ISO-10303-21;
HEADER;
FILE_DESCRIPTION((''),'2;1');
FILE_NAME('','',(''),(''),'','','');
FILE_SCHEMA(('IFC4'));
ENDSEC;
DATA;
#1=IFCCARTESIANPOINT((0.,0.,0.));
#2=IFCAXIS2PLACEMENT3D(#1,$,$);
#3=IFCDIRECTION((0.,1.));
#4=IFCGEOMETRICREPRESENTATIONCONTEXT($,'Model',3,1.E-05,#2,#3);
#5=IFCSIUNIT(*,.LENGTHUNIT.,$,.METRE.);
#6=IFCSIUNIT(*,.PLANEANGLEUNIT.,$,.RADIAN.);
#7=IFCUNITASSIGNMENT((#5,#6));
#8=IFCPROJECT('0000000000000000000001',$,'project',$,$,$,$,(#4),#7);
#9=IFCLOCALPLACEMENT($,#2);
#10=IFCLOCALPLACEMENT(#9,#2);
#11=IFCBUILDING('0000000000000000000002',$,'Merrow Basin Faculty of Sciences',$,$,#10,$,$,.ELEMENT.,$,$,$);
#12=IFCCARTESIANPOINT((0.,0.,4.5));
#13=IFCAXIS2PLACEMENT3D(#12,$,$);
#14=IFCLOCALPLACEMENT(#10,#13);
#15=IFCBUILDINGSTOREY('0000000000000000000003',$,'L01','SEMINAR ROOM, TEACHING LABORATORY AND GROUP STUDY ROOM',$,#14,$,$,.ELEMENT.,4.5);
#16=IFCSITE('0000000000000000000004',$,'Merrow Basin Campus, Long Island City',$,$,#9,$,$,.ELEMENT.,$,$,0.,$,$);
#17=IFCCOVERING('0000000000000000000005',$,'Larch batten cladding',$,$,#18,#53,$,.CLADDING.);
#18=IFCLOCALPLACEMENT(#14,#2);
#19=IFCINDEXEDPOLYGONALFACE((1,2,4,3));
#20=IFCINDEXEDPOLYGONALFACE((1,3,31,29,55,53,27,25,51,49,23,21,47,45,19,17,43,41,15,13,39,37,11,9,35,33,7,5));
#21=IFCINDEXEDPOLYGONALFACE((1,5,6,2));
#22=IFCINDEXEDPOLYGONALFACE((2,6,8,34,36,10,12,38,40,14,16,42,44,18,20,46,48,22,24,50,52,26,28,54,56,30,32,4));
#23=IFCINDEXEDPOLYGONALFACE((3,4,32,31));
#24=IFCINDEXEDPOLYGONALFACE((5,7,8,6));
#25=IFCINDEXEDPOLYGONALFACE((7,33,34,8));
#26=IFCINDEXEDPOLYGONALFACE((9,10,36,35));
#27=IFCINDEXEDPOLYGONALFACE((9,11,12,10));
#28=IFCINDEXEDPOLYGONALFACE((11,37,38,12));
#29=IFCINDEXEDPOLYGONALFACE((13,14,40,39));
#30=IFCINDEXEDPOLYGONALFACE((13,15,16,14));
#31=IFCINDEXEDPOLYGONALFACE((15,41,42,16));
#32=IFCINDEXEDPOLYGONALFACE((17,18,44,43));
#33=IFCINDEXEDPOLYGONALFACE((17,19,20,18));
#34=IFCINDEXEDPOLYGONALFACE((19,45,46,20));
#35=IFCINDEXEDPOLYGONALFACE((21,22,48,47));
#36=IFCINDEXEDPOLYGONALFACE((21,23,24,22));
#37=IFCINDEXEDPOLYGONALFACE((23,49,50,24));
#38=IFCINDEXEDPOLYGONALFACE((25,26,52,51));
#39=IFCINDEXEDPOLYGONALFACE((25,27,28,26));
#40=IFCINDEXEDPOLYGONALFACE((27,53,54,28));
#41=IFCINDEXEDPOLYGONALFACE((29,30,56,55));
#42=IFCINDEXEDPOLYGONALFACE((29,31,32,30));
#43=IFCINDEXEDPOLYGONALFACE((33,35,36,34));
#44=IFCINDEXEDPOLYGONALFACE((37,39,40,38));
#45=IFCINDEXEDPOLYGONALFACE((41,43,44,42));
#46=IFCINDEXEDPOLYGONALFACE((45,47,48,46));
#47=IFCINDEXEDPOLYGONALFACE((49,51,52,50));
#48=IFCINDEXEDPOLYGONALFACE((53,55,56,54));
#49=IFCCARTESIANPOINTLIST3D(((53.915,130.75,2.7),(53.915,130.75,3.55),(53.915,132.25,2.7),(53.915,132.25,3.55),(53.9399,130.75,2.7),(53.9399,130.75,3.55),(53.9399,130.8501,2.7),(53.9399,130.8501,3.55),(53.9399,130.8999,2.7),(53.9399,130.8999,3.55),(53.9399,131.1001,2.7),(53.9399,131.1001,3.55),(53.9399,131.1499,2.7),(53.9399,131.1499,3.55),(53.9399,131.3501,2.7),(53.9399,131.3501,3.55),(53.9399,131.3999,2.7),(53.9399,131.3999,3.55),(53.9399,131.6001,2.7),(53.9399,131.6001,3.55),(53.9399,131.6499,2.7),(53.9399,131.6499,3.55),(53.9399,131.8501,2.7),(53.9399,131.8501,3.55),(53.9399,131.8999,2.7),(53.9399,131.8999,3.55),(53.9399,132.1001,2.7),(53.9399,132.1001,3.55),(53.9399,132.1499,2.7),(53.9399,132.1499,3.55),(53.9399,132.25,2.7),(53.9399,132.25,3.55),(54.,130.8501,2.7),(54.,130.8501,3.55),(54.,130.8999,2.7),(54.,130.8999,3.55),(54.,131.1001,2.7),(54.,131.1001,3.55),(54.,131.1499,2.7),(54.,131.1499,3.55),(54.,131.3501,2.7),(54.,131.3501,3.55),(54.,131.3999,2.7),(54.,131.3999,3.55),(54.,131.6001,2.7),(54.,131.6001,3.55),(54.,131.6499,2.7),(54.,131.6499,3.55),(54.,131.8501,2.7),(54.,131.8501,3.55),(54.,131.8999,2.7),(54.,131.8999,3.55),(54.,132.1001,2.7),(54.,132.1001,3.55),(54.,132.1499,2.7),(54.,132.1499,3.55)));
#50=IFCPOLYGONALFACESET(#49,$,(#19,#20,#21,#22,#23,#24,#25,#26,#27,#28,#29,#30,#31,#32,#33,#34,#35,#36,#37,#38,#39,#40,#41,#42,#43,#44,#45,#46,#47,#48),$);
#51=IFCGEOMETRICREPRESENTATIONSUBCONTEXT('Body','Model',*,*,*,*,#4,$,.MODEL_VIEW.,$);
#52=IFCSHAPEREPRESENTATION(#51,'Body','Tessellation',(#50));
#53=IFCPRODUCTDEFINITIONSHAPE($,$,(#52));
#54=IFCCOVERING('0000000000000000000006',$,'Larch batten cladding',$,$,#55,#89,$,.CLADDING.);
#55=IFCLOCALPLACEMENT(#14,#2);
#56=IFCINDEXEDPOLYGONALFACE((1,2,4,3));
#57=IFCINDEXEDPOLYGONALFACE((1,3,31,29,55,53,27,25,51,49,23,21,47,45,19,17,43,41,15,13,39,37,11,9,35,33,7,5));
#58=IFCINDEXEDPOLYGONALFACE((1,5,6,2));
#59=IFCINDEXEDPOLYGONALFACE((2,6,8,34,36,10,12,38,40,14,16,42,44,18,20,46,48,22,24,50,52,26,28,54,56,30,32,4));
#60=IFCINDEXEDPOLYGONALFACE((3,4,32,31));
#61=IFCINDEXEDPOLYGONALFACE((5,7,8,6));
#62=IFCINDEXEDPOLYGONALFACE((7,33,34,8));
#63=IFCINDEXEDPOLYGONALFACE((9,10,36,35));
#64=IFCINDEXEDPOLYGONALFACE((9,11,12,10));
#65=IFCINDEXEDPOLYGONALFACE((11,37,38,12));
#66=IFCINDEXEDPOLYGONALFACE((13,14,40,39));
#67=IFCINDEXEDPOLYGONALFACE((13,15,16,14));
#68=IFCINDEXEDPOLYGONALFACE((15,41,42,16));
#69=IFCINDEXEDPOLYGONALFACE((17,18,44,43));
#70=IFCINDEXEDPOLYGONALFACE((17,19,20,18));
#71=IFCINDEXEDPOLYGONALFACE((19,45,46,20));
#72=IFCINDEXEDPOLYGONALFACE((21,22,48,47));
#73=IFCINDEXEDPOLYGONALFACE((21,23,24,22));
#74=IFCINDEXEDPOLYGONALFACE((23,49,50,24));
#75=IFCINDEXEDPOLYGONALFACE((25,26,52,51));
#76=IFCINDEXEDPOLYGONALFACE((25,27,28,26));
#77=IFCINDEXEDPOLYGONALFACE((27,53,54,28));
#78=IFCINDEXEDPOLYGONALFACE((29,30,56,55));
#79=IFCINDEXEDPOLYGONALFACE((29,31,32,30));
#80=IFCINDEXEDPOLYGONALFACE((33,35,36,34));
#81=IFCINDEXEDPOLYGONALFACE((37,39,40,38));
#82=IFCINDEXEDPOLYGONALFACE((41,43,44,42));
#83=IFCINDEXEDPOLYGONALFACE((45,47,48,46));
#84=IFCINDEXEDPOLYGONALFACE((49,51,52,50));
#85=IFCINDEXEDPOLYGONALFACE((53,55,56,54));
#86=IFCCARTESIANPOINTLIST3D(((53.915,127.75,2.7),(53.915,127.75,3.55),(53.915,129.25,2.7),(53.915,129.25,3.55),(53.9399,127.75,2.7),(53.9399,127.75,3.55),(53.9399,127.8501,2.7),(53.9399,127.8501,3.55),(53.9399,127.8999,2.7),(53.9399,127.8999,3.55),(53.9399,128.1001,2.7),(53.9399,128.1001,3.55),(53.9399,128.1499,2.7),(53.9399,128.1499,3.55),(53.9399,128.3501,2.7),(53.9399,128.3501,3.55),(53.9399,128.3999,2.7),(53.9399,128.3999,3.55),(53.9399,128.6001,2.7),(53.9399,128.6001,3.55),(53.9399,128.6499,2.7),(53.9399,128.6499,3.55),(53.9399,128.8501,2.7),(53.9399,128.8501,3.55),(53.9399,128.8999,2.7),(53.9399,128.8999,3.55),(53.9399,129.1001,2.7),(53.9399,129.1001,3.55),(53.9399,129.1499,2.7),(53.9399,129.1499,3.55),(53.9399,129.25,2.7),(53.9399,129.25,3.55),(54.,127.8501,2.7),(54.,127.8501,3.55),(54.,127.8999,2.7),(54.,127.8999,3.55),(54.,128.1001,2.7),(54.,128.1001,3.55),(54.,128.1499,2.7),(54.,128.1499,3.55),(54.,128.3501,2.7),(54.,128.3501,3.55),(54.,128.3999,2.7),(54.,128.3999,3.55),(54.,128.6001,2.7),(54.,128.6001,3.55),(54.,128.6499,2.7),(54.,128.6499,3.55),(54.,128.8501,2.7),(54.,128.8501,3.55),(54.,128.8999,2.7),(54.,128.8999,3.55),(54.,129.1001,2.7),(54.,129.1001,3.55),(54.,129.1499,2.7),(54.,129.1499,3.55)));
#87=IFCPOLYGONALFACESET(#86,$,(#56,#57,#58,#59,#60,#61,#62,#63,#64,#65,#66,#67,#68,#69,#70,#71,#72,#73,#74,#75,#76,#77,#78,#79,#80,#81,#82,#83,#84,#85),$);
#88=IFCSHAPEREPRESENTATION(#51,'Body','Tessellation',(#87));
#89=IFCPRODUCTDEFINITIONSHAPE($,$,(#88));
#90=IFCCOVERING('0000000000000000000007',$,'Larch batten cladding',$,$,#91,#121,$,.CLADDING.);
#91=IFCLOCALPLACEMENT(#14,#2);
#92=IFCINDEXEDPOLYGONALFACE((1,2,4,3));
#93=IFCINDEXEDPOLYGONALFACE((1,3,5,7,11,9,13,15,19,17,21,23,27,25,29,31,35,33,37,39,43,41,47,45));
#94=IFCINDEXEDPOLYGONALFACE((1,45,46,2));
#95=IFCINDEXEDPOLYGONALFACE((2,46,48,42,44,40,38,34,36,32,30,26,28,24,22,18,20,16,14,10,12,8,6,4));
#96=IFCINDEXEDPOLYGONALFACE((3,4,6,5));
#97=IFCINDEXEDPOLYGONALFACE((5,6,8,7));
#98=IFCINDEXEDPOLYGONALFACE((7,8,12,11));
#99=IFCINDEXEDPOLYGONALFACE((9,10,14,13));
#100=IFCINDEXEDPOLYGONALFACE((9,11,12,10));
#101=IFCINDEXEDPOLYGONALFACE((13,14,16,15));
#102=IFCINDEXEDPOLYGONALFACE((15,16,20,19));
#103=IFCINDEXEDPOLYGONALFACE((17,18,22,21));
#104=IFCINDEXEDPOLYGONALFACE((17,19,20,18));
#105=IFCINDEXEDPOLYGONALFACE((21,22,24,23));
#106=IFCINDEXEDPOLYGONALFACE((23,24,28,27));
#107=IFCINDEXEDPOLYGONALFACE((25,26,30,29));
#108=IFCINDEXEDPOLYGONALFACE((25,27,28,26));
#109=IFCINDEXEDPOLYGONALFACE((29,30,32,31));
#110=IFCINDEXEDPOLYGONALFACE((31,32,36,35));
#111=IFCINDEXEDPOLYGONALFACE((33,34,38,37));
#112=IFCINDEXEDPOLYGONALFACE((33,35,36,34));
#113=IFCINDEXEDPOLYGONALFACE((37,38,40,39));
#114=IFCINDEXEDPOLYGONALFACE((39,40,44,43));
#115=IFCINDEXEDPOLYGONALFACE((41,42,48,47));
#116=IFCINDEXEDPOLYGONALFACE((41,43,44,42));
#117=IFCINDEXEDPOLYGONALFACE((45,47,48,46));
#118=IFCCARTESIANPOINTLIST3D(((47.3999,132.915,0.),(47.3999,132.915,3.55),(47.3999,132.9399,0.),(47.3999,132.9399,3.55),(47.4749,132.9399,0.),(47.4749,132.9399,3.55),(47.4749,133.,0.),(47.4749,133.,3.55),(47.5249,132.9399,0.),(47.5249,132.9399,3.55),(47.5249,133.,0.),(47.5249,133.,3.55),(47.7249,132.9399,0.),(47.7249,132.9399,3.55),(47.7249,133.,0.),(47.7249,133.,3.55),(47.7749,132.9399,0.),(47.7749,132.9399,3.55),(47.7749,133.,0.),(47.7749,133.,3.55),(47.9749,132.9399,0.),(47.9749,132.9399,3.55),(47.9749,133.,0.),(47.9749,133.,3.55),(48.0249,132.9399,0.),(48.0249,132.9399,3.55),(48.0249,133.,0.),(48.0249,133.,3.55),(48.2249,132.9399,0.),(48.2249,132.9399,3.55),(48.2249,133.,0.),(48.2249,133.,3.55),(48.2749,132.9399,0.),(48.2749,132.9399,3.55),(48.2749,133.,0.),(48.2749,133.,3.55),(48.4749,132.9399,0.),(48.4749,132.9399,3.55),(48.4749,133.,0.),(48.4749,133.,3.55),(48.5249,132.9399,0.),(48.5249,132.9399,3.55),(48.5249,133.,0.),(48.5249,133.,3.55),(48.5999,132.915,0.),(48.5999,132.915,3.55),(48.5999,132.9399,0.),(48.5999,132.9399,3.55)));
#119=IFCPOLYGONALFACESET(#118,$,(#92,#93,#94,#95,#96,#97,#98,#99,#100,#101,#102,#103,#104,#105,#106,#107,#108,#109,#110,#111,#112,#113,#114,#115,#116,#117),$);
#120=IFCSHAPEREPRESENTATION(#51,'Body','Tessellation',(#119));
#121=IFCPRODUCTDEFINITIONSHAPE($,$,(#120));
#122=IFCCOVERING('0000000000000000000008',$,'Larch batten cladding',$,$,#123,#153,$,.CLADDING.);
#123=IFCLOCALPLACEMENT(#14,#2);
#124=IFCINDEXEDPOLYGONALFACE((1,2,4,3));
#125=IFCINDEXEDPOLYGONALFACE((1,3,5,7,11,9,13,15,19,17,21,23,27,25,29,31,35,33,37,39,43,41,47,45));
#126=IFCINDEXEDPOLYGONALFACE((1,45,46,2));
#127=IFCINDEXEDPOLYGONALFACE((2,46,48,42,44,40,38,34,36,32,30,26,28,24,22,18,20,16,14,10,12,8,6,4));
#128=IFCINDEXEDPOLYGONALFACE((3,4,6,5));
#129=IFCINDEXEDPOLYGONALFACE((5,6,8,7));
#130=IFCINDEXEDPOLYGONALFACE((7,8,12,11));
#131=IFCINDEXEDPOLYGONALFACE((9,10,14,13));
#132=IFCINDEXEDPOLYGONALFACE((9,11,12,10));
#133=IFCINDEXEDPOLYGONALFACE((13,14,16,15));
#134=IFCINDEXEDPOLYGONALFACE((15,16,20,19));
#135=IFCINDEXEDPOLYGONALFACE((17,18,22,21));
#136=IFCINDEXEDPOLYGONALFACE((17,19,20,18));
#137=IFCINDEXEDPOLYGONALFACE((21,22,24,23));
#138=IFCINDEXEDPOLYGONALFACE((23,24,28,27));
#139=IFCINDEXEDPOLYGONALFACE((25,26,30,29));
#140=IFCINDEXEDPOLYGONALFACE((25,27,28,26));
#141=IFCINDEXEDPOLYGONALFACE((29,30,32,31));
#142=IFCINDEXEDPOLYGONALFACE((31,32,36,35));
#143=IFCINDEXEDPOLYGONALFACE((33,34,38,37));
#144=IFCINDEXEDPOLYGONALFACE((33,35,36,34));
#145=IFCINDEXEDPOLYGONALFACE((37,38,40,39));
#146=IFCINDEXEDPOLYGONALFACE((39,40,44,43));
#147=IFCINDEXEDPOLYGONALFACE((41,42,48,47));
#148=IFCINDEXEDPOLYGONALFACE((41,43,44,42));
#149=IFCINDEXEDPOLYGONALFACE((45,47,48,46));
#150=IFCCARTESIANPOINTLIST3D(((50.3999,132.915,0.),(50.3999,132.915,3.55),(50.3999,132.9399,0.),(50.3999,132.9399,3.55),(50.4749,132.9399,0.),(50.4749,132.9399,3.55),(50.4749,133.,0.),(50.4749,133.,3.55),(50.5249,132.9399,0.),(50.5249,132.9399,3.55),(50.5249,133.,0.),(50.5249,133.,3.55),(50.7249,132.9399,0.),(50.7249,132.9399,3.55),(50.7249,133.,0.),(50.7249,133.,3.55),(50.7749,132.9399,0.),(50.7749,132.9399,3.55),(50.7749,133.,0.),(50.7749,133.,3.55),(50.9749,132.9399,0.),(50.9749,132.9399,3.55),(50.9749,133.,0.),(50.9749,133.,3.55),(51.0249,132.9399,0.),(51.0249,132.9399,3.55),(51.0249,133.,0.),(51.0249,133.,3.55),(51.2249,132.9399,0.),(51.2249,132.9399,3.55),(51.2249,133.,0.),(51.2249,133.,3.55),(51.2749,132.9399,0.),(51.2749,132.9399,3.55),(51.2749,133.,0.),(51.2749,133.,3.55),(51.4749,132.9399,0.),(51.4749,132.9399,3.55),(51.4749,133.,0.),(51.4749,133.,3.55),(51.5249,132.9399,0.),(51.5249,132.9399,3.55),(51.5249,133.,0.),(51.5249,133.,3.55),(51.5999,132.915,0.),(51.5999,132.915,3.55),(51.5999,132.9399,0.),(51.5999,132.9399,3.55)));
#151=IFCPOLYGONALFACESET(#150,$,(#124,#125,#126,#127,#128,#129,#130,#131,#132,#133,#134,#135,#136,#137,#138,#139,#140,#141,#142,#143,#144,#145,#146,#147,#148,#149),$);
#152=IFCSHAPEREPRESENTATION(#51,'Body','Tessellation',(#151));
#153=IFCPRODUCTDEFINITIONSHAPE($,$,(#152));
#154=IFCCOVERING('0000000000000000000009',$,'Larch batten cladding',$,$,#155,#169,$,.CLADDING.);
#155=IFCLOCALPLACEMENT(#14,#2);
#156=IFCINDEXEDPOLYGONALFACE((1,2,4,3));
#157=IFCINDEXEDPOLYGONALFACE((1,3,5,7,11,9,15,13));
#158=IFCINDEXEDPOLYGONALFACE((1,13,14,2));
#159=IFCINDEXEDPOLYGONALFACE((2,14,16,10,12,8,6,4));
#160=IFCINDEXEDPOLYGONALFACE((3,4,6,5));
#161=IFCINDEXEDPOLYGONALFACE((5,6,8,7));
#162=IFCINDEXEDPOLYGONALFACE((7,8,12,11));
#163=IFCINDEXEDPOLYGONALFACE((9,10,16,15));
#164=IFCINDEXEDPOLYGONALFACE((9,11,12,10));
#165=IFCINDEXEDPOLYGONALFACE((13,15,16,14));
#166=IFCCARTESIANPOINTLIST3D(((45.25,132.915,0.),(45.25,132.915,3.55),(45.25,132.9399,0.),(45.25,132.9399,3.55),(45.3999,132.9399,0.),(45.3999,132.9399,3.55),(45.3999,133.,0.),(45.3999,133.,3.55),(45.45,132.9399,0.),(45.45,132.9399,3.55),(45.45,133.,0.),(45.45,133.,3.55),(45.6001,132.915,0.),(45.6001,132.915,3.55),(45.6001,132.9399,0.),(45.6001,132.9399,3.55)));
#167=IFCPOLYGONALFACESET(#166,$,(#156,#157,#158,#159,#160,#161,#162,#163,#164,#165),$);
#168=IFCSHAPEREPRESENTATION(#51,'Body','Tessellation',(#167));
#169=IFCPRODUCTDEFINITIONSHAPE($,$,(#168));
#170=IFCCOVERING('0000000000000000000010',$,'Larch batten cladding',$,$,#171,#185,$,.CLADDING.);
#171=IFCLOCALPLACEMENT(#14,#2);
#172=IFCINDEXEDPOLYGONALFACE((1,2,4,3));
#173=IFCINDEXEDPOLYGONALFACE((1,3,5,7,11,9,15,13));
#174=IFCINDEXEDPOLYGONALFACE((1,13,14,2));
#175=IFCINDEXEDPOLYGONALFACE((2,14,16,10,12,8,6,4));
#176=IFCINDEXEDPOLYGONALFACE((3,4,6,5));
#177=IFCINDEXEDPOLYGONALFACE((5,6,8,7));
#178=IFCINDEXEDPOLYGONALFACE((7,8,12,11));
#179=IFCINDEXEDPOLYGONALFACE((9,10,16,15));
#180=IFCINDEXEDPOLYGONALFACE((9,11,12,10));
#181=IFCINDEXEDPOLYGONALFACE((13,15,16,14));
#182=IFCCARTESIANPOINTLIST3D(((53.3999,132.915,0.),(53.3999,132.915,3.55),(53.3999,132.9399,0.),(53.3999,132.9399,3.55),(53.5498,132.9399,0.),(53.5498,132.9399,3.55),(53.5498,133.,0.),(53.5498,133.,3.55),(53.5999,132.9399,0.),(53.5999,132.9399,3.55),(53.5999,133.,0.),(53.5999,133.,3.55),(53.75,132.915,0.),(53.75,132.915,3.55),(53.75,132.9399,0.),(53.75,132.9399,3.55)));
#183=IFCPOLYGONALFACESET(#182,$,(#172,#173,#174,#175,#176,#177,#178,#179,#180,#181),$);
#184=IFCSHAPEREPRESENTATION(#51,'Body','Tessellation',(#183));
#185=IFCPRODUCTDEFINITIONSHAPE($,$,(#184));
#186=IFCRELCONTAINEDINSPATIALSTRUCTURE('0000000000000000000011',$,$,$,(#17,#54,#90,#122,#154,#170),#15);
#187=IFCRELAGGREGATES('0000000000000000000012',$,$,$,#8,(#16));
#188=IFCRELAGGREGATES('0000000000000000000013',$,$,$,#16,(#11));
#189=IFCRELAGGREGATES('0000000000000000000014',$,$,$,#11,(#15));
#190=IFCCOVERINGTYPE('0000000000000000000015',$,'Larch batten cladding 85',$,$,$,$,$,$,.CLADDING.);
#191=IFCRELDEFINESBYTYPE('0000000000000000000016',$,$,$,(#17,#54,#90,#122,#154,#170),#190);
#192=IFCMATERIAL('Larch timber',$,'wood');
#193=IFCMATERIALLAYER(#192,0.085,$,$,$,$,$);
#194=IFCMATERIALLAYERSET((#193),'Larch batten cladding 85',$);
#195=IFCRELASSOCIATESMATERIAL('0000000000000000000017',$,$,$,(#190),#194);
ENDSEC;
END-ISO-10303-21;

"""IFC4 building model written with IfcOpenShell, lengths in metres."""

from ifc_helpers import new_model, si_unit, direction, frame, origin, place, context, subcontext, project, spatial, polyline, outline, extrude, source, transform, mapped, material, layer, layer_set, type_object, element, save


model = new_model("IFC4")

# Units and contexts
model_context = context("Model", 3, precision=1e-05, world=origin(), true_north=direction((0.0, 1.0)))
body_context = subcontext(model_context, "Body", "Model", "MODEL_VIEW")
ifc_project = project(units=[si_unit("LENGTHUNIT", "METRE"), si_unit("PLANEANGLEUNIT", "RADIAN")], contexts=[model_context])

# Site, building, storey
site_placement = place(None, origin())
site = spatial("IfcSite", under=ifc_project, at=site_placement, Name="Merrow Basin Campus, Long Island City", CompositionType="ELEMENT", RefElevation=0.0)
building_placement = place(site_placement, origin())
building = spatial("IfcBuilding", under=site, at=building_placement, Name="Merrow Basin Faculty of Sciences", CompositionType="ELEMENT")
storey_placement = place(building_placement, frame((0.0, 0.0, 4.5)))
storey = spatial("IfcBuildingStorey", under=building, at=storey_placement, Name="L01", Description="SEMINAR ROOM, TEACHING LABORATORY AND GROUP STUDY ROOM", CompositionType="ELEMENT", Elevation=4.5)

# Coverings
ifc_material_1 = material(Name="Larch timber", Category="wood")
ifc_layer_1 = layer(ifc_material_1, 0.085)
ifc_layer_set_1 = layer_set([ifc_layer_1], Name="Larch batten cladding 85")
covering_type = type_object("IfcCoveringType", Name="Larch batten cladding 85", PredefinedType="CLADDING", material=ifc_layer_set_1)
shared_shape_1 = source(origin(), body_context, "Body", "SweptSolid", [
    extrude(outline(polyline([(0.0, 0.0), (1.5, 0.0), (1.5, 0.0249), (1.3999, 0.0249), (1.3999, 0.085), (1.3501, 0.085), (1.3501, 0.0249), (1.1499, 0.0249), (1.1499, 0.085), (1.1001, 0.085), (1.1001, 0.0249), (0.8999, 0.0249), (0.8999, 0.085), (0.8501, 0.085), (0.8501, 0.0249), (0.6499, 0.0249), (0.6499, 0.085), (0.6001, 0.085), (0.6001, 0.0249), (0.3999, 0.0249), (0.3999, 0.085), (0.3501, 0.085), (0.3501, 0.0249), (0.1499, 0.0249), (0.1499, 0.085), (0.1001, 0.085), (0.1001, 0.0249), (0.0, 0.0249), (0.0, 0.0)])), origin(), (0.0, 0.0, 1.0), 0.8501),
])
for number, where, z_axis, x_axis, name in (
    (1, (53.915, 132.25, 2.7), (0.0, 0.0, 1.0), (0.0, -1.0, 0.0), "Larch batten cladding"),
    (2, (53.915, 129.25, 2.7), (0.0, 0.0, 1.0), (0.0, -1.0, 0.0), "Larch batten cladding"),
):
    element("IfcCovering", number, at=place(storey_placement, frame(where, z_axis=z_axis, x_axis=x_axis)), inside=storey, type_object=covering_type, Name=name, PredefinedType="CLADDING", context=body_context, shape_type="MappedRepresentation", body=[
        mapped(shared_shape_1, transform((0.0, 0.0, 0.0), scale=1.0)),
    ])
shared_shape_2 = source(origin(), body_context, "Body", "SweptSolid", [
    extrude(outline(polyline([(0.0, 0.0), (1.2, 0.0), (1.2, 0.0249), (1.125, 0.0249), (1.125, 0.085), (1.075, 0.085), (1.075, 0.0249), (0.875, 0.0249), (0.875, 0.085), (0.825, 0.085), (0.825, 0.0249), (0.625, 0.0249), (0.625, 0.085), (0.575, 0.085), (0.575, 0.0249), (0.375, 0.0249), (0.375, 0.085), (0.325, 0.085), (0.325, 0.0249), (0.125, 0.0249), (0.125, 0.085), (0.075, 0.085), (0.075, 0.0249), (0.0, 0.0249), (0.0, 0.0)])), origin(), (0.0, 0.0, 1.0), 3.55),
])
for number, where, z_axis, x_axis, name in (
    (3, (47.3999, 132.915, 0.0), (0.0, 0.0, 1.0), (1.0, 0.0, 0.0), "Larch batten cladding"),
    (4, (50.3999, 132.915, 0.0), (0.0, 0.0, 1.0), (1.0, 0.0, 0.0), "Larch batten cladding"),
):
    element("IfcCovering", number, at=place(storey_placement, frame(where, z_axis=z_axis, x_axis=x_axis)), inside=storey, type_object=covering_type, Name=name, PredefinedType="CLADDING", context=body_context, shape_type="MappedRepresentation", body=[
        mapped(shared_shape_2, transform((0.0, 0.0, 0.0), scale=1.0)),
    ])
shared_shape_3 = source(origin(), body_context, "Body", "SweptSolid", [
    extrude(outline(polyline([(0.0, 0.0), (0.3501, 0.0), (0.3501, 0.0249), (0.2, 0.0249), (0.2, 0.085), (0.1499, 0.085), (0.1499, 0.0249), (0.0, 0.0249), (0.0, 0.0)])), origin(), (0.0, 0.0, 1.0), 3.55),
])
for number, where, z_axis, x_axis, name in (
    (5, (45.25, 132.915, 0.0), (0.0, 0.0, 1.0), (1.0, 0.0, 0.0), "Larch batten cladding"),
    (6, (53.3999, 132.915, 0.0), (0.0, 0.0, 1.0), (1.0, 0.0, 0.0), "Larch batten cladding"),
):
    element("IfcCovering", number, at=place(storey_placement, frame(where, z_axis=z_axis, x_axis=x_axis)), inside=storey, type_object=covering_type, Name=name, PredefinedType="CLADDING", context=body_context, shape_type="MappedRepresentation", body=[
        mapped(shared_shape_3, transform((0.0, 0.0, 0.0), scale=1.0)),
    ])

save(model, "model.ifc")
